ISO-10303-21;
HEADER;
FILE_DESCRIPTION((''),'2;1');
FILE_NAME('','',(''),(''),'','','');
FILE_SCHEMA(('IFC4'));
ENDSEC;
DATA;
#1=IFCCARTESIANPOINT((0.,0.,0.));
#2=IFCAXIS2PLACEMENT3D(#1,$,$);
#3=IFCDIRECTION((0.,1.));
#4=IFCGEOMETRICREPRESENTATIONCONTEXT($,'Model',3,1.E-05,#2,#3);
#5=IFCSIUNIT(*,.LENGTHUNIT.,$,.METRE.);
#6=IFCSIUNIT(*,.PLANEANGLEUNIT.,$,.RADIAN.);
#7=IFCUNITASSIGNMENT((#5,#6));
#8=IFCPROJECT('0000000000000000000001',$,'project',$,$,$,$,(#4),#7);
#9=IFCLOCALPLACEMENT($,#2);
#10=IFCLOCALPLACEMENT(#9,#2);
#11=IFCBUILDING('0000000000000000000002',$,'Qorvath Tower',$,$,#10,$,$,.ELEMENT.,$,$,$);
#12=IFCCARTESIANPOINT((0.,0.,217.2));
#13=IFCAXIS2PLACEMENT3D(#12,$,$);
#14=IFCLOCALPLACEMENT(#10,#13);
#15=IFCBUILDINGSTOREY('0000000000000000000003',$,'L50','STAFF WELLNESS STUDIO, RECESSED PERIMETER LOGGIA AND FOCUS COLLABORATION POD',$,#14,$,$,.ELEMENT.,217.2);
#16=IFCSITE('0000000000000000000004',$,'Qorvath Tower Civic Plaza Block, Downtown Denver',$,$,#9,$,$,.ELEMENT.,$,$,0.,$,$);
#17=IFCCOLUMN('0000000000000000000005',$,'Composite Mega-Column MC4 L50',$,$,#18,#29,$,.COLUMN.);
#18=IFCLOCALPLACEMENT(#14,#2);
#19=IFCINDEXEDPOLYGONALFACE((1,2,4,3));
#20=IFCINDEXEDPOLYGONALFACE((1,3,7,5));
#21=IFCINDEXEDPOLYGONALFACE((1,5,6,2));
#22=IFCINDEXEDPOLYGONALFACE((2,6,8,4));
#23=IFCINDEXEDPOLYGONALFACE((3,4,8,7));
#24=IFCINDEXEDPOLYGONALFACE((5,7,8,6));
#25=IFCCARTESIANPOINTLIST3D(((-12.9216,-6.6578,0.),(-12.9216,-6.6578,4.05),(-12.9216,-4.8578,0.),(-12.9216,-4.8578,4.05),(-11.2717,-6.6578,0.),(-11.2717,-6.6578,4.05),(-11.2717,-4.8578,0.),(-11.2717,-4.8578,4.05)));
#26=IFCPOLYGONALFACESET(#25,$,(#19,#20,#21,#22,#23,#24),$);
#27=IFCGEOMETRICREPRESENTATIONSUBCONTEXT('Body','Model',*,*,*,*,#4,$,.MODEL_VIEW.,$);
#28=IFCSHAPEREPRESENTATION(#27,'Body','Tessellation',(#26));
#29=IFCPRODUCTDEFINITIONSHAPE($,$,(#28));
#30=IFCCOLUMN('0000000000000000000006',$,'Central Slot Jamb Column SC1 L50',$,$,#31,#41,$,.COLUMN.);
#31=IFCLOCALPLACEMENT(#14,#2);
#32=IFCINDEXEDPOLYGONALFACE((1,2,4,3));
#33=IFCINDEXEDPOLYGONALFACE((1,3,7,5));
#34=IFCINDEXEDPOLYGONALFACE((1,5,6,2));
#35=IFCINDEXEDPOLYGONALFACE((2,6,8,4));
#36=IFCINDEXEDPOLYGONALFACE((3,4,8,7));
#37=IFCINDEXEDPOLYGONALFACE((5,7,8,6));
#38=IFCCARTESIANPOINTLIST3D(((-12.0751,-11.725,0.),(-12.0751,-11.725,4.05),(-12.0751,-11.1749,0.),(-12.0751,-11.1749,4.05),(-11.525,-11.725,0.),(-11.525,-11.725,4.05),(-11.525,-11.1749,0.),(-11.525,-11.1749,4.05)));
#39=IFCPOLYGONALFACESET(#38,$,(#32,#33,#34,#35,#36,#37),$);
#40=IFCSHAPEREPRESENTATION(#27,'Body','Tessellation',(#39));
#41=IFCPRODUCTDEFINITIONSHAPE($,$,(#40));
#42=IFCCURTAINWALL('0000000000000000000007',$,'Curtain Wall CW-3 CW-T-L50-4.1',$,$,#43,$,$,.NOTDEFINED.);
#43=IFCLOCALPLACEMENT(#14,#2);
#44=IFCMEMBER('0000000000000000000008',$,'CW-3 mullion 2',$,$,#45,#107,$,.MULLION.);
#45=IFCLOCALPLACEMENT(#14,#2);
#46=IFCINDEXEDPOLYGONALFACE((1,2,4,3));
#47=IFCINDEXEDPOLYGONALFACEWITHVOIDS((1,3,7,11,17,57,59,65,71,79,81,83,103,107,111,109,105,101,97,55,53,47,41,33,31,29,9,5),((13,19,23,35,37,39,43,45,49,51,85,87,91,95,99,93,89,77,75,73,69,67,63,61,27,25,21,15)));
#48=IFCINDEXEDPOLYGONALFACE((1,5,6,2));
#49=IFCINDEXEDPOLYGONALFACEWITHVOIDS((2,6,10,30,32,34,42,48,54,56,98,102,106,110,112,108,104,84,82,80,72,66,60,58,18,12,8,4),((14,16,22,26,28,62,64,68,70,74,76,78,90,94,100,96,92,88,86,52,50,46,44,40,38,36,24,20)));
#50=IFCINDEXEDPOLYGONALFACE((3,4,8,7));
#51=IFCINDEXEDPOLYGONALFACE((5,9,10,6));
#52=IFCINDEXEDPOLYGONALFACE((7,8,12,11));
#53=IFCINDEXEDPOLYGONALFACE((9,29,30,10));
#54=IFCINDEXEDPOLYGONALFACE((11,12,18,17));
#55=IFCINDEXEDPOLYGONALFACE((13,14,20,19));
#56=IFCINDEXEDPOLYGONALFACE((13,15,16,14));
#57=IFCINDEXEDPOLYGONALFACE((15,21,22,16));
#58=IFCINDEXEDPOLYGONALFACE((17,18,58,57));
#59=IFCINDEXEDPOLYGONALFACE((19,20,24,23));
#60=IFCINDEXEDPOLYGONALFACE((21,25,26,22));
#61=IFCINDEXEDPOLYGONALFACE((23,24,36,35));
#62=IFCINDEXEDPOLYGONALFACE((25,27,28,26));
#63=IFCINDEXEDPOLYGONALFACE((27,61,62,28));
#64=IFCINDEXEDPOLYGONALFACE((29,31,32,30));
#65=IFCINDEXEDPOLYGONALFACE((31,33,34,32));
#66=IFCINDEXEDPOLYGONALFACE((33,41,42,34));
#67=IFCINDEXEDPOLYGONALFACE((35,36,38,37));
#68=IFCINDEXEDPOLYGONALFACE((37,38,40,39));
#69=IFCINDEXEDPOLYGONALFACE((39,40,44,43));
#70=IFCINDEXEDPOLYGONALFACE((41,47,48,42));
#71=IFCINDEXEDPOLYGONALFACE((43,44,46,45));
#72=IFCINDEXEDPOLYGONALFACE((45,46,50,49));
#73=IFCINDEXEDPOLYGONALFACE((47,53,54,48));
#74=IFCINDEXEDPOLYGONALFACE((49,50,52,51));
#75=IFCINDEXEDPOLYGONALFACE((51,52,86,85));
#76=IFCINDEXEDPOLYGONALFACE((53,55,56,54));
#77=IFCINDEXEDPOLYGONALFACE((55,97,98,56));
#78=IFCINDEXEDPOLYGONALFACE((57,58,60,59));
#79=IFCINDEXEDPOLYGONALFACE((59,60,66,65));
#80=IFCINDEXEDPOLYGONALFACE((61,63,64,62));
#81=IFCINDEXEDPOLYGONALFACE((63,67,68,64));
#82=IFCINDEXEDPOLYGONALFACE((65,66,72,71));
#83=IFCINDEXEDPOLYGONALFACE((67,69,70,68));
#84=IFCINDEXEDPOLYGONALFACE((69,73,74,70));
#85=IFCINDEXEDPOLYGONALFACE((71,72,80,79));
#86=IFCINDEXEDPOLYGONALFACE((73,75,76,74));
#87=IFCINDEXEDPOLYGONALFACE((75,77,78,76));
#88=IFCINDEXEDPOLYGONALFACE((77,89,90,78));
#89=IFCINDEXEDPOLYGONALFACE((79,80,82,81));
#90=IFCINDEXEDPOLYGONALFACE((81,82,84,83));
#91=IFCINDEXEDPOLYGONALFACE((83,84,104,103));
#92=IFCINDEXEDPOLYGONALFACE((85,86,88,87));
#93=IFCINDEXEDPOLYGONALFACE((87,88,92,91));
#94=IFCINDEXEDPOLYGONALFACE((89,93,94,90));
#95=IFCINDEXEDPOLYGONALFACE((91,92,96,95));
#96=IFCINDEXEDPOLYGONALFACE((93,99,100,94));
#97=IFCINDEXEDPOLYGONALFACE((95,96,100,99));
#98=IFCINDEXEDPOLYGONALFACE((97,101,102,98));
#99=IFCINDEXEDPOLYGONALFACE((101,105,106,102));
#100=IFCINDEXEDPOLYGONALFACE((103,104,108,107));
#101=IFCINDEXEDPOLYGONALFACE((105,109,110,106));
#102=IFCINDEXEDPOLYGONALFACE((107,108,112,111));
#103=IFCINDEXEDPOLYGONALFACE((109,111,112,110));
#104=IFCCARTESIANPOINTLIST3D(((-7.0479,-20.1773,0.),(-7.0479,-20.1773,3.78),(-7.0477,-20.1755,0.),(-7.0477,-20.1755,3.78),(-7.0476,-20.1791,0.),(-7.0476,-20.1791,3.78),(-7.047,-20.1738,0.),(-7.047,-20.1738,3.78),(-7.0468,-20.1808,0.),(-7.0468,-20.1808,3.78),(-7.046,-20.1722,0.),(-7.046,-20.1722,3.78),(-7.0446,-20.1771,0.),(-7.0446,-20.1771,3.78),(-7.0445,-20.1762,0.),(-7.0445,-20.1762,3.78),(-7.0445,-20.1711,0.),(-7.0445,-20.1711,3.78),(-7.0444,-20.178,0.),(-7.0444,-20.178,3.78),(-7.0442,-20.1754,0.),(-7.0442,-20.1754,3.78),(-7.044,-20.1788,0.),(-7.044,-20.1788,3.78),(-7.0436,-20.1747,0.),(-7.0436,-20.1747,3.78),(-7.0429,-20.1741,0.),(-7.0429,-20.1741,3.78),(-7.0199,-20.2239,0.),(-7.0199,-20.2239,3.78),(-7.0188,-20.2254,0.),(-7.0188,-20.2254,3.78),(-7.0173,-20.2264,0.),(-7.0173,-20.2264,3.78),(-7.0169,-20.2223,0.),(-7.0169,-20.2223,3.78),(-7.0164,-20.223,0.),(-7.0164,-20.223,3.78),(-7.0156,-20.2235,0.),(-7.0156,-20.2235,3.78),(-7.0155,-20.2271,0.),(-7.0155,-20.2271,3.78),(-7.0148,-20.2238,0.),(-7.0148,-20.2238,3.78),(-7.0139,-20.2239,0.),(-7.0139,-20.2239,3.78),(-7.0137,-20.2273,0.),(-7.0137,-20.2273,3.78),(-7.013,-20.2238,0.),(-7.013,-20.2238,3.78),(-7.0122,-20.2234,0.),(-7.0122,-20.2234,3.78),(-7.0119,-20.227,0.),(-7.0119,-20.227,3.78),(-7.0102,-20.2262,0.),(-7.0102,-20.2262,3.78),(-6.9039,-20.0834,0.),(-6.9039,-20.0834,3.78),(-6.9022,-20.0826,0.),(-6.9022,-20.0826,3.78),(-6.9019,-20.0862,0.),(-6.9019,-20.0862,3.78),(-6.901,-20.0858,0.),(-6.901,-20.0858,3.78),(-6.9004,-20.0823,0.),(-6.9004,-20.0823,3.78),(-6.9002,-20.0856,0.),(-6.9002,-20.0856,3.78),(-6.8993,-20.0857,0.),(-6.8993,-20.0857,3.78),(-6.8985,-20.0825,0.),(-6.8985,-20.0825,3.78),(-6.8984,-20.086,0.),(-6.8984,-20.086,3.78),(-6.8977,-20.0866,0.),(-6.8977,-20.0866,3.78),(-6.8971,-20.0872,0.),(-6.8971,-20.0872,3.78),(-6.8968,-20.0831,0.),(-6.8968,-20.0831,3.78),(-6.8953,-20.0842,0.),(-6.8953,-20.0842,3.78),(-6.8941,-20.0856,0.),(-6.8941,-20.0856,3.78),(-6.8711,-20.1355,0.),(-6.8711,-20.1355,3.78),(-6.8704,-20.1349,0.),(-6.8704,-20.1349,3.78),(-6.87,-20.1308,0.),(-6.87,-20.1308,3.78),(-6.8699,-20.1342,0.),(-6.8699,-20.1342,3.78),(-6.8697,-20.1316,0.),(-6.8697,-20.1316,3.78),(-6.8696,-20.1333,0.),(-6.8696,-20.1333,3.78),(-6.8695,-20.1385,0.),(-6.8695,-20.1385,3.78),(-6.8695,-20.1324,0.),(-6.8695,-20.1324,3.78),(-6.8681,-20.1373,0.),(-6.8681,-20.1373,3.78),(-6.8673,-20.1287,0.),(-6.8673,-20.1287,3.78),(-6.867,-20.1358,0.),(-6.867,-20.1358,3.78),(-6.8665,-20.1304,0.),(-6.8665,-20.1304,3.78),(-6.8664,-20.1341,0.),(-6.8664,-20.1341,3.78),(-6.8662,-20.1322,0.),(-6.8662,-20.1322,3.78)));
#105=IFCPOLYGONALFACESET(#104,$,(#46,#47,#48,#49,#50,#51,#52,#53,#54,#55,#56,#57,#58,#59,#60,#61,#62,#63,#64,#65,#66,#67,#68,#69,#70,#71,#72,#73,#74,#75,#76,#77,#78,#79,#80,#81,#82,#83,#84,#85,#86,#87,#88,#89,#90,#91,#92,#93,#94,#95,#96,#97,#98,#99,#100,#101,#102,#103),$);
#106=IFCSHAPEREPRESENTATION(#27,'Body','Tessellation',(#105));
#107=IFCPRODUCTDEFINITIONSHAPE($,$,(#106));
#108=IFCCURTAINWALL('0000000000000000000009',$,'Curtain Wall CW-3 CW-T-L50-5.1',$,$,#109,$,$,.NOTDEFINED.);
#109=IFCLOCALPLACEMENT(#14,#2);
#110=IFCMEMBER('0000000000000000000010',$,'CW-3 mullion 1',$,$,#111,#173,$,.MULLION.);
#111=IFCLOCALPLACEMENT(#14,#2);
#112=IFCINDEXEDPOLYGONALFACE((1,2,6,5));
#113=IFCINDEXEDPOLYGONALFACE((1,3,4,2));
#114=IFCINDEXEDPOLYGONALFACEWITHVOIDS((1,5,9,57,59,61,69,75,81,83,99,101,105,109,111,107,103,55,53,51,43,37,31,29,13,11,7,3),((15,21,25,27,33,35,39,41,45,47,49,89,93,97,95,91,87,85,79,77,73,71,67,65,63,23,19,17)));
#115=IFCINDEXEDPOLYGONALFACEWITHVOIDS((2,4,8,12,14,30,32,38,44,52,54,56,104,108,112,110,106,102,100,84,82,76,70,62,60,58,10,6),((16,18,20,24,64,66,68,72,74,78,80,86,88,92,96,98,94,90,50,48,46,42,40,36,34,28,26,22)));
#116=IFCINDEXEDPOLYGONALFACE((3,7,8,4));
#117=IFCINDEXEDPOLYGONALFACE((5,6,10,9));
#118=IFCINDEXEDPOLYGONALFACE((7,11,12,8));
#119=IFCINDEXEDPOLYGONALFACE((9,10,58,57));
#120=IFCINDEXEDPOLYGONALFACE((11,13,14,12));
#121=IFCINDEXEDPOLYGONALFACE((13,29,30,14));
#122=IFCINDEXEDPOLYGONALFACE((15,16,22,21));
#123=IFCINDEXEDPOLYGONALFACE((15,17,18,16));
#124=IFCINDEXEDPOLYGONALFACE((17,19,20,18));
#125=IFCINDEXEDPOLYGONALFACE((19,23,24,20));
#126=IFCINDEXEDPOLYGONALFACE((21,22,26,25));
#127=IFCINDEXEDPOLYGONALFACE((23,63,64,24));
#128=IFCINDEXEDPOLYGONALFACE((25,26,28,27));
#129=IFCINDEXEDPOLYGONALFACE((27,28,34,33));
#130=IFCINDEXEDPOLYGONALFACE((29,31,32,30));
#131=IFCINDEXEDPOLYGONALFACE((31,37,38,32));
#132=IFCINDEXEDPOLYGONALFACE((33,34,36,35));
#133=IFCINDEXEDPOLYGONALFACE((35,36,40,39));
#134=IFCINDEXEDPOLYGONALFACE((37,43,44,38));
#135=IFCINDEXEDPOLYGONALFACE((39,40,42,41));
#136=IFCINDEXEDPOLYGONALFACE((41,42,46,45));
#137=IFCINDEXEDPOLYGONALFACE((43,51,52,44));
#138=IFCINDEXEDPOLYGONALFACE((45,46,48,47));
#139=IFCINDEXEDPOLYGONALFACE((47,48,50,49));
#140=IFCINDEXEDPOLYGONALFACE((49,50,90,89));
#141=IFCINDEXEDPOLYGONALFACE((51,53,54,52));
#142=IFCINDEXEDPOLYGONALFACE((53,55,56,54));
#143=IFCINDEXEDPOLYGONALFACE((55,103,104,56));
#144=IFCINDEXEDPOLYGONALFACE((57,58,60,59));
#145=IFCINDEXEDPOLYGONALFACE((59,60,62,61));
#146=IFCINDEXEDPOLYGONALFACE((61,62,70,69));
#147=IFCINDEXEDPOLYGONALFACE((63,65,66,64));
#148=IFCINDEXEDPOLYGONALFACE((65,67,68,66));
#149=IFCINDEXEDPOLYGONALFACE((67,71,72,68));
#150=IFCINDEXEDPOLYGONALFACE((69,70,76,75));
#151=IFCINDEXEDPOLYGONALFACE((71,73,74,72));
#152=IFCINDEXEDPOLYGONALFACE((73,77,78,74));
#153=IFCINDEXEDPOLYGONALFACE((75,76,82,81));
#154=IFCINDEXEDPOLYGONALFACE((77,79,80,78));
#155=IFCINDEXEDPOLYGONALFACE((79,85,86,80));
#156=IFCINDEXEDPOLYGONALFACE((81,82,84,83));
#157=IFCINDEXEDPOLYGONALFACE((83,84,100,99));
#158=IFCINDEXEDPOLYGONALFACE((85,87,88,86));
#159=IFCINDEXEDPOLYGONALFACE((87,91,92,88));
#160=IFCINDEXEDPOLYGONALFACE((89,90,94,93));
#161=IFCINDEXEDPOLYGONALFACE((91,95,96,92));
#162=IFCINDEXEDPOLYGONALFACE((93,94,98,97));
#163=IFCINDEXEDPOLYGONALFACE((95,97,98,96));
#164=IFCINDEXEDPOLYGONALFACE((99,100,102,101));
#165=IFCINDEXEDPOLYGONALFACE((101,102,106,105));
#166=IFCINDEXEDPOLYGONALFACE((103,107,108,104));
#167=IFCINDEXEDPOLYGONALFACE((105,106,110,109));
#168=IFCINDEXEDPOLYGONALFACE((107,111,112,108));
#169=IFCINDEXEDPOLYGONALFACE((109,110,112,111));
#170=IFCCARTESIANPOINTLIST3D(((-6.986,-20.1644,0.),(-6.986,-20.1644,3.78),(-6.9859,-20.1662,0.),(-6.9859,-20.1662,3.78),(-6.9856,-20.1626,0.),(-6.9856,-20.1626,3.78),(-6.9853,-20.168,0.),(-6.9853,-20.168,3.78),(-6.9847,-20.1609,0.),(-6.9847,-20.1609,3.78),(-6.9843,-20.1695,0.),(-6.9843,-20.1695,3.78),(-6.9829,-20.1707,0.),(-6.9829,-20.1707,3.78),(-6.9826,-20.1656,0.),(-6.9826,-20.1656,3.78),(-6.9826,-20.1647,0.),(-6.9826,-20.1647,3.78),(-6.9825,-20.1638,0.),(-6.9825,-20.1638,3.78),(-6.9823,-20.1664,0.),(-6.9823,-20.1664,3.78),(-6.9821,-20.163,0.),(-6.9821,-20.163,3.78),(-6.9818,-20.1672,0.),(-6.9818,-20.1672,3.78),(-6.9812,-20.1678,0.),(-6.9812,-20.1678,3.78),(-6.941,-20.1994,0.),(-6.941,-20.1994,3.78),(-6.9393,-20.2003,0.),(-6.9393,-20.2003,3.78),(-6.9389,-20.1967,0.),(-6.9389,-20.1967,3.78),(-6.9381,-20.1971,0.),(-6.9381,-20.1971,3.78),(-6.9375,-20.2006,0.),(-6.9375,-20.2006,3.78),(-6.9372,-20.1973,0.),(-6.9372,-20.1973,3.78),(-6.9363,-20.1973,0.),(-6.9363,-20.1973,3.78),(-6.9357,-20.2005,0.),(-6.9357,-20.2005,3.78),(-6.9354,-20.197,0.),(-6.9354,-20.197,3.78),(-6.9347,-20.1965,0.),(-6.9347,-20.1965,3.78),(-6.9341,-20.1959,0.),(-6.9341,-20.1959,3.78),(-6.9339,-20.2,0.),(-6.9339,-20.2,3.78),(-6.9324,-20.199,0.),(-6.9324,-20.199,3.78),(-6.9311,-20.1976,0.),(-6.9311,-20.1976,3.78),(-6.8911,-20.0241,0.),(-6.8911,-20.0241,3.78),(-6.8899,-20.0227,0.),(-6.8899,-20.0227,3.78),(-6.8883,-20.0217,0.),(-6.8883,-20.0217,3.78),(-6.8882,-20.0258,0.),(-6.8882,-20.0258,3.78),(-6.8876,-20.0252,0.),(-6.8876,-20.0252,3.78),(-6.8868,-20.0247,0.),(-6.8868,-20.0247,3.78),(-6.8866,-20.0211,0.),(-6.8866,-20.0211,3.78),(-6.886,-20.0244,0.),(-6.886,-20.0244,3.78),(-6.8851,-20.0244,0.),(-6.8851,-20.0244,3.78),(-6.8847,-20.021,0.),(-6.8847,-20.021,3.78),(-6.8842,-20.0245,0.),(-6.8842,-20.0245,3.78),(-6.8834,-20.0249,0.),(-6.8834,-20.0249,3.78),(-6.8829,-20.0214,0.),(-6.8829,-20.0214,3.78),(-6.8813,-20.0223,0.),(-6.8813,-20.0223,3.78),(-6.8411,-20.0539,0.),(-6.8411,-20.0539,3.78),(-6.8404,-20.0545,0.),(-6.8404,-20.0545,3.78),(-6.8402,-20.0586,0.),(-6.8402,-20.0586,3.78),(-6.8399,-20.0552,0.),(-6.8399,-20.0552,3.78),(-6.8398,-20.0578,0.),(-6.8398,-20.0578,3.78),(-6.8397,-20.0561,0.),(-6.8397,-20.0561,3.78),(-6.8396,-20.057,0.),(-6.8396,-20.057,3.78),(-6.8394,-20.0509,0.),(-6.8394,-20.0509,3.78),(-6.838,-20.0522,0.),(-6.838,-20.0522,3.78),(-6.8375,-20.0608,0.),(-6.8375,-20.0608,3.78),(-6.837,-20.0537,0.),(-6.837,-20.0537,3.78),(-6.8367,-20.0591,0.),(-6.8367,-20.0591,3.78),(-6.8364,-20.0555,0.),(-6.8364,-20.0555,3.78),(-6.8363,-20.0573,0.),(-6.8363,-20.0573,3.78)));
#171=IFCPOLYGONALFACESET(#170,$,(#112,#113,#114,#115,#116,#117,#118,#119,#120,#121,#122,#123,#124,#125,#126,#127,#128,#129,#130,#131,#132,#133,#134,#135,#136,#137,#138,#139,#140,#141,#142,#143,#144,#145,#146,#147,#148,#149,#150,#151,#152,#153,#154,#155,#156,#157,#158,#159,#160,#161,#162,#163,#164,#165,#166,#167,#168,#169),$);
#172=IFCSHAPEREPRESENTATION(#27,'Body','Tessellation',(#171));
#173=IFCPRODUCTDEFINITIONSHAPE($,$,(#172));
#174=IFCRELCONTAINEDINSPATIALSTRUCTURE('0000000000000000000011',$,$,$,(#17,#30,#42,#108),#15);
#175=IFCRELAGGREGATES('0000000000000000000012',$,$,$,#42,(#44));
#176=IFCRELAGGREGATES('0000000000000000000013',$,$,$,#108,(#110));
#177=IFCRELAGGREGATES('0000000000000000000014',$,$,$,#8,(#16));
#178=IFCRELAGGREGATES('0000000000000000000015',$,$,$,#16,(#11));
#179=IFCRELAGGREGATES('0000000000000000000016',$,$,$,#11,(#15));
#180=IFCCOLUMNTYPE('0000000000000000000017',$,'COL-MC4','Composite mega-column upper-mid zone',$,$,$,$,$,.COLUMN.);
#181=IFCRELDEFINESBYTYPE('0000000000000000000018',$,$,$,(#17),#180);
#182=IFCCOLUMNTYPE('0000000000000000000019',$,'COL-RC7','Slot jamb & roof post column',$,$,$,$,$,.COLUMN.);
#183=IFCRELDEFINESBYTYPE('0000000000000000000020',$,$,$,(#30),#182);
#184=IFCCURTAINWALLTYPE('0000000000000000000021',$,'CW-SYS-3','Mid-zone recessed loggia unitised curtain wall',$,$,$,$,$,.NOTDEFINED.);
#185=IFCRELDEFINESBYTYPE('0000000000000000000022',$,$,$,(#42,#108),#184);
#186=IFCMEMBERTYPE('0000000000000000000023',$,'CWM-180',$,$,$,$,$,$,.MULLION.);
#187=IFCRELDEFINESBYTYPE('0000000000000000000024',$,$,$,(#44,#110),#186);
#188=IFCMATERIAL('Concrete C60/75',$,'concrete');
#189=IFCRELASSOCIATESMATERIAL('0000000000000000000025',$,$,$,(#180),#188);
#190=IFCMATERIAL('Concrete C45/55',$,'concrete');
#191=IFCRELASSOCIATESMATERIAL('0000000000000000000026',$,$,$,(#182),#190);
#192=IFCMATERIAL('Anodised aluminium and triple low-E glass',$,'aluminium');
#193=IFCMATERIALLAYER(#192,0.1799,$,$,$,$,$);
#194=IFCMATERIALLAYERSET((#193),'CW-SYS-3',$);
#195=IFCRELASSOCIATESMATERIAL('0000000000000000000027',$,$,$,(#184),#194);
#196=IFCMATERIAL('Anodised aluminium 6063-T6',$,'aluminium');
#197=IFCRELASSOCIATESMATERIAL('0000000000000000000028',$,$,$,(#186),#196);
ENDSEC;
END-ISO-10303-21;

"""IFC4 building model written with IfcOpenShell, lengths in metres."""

from ifc_helpers import new_model, si_unit, direction, frame, origin, origin_2d, place, context, subcontext, project, spatial, rectangle, hollow_rectangle, extrude, material, layer, layer_set, material_profile, profile_set, type_object, element, aggregate, save


model = new_model("IFC4")

# Units and contexts
model_context = context("Model", 3, precision=1e-05, world=origin(), true_north=direction((0.0, 1.0)))
body_context = subcontext(model_context, "Body", "Model", "MODEL_VIEW")
ifc_project = project(units=[si_unit("LENGTHUNIT", "METRE"), si_unit("PLANEANGLEUNIT", "RADIAN")], contexts=[model_context])

# Site, building, storey
site_placement = place(None, origin())
site = spatial("IfcSite", under=ifc_project, at=site_placement, Name="Qorvath Tower Civic Plaza Block, Downtown Denver", CompositionType="ELEMENT", RefElevation=0.0)
building_placement = place(site_placement, origin())
building = spatial("IfcBuilding", under=site, at=building_placement, Name="Qorvath Tower", CompositionType="ELEMENT")
storey_placement = place(building_placement, frame((0.0, 0.0, 217.2)))
storey = spatial("IfcBuildingStorey", under=building, at=storey_placement, Name="L50", Description="STAFF WELLNESS STUDIO, RECESSED PERIMETER LOGGIA AND FOCUS COLLABORATION POD", CompositionType="ELEMENT", Elevation=217.2)

# Columns
ifc_material_1 = material(Name="Concrete C60/75", Category="concrete")
ifc_material_profile_1 = material_profile(ifc_material_1, rectangle(XDim=1.6499, YDim=1.8, at=origin_2d()), Name="MC 1800x1650")
ifc_profile_set_1 = profile_set([ifc_material_profile_1], Name="Concrete C60/75")
column_type_1 = type_object("IfcColumnType", Name="COL-MC4", Description="Composite mega-column upper-mid zone", PredefinedType="COLUMN", material=ifc_profile_set_1)
column_1_placement = place(storey_placement, frame((-12.0967, -5.7578, 0.0), z_axis=(0.0, 0.0, 1.0), x_axis=(1.0, 0.0, 0.0)))
element("IfcColumn", 1, at=column_1_placement, inside=storey, type_object=column_type_1, Name="Composite Mega-Column MC4 L50", PredefinedType="COLUMN", context=body_context, shape_type="SweptSolid", body=[
    extrude(rectangle(XDim=1.6499, YDim=1.8, at=origin_2d()), origin(), (0.0, 0.0, 1.0), 4.05),
])
ifc_material_2 = material(Name="Concrete C45/55", Category="concrete")
ifc_material_profile_2 = material_profile(ifc_material_2, rectangle(XDim=0.55, YDim=0.55, at=origin_2d()), Name="RC 550x550")
ifc_profile_set_2 = profile_set([ifc_material_profile_2], Name="Concrete C45/55")
column_type_2 = type_object("IfcColumnType", Name="COL-RC7", Description="Slot jamb & roof post column", PredefinedType="COLUMN", material=ifc_profile_set_2)
column_2_placement = place(storey_placement, frame((-11.8, -11.45, 0.0), z_axis=(0.0, 0.0, 1.0), x_axis=(1.0, 0.0, 0.0)))
element("IfcColumn", 2, at=column_2_placement, inside=storey, type_object=column_type_2, Name="Central Slot Jamb Column SC1 L50", PredefinedType="COLUMN", context=body_context, shape_type="SweptSolid", body=[
    extrude(rectangle(XDim=0.55, YDim=0.55, at=origin_2d()), origin(), (0.0, 0.0, 1.0), 4.05),
])

# Curtain wall, member
ifc_material_3 = material(Name="Anodised aluminium and triple low-E glass", Category="aluminium")
ifc_layer_1 = layer(ifc_material_3, 0.1799)
ifc_layer_set_1 = layer_set([ifc_layer_1], Name="CW-SYS-3")
curtain_wall_type = type_object("IfcCurtainWallType", Name="CW-SYS-3", Description="Mid-zone recessed loggia unitised curtain wall", PredefinedType="NOTDEFINED", material=ifc_layer_set_1)
curtain_wall_1_placement = place(storey_placement, origin())
curtain_wall_1 = element("IfcCurtainWall", 3, at=curtain_wall_1_placement, inside=storey, type_object=curtain_wall_type, Name="Curtain Wall CW-3 CW-T-L50-4.1", PredefinedType="NOTDEFINED")
ifc_material_4 = material(Name="Anodised aluminium 6063-T6", Category="aluminium")
ifc_material_profile_3 = material_profile(ifc_material_4, hollow_rectangle(XDim=0.0649, YDim=0.1799, WallThickness=0.0034, InnerFilletRadius=0.0034, OuterFilletRadius=0.0071, at=origin_2d()), Name="CWM 180x65")
ifc_profile_set_3 = profile_set([ifc_material_profile_3], Name="Anodised aluminium 6063-T6")
member_type_1 = type_object("IfcMemberType", Name="CWM-180", PredefinedType="MULLION", material=ifc_profile_set_3)
member_1_placement = place(storey_placement, frame((-6.957, -20.1548, 0.0), z_axis=(0.0, 0.0, 1.0), x_axis=(-0.528982, 0.848633, 0.0)))
member_1 = element("IfcMember", 4, at=member_1_placement, type_object=member_type_1, Name="CW-3 mullion 2", PredefinedType="MULLION", context=body_context, shape_type="SweptSolid", body=[
    extrude(hollow_rectangle(XDim=0.0649, YDim=0.1799, WallThickness=0.0034, InnerFilletRadius=0.0034, OuterFilletRadius=0.0071, at=origin_2d()), origin(), (0.0, 0.0, 1.0), 3.78),
])

# Curtain wall, member
curtain_wall_2_placement = place(storey_placement, origin())
curtain_wall_2 = element("IfcCurtainWall", 5, at=curtain_wall_2_placement, inside=storey, type_object=curtain_wall_type, Name="Curtain Wall CW-3 CW-T-L50-5.1", PredefinedType="NOTDEFINED")
member_2_placement = place(storey_placement, frame((-6.9111, -20.1108, 0.0), z_axis=(0.0, 0.0, 1.0), x_axis=(-0.825264, 0.564746, 0.0)))
member_2 = element("IfcMember", 6, at=member_2_placement, type_object=member_type_1, Name="CW-3 mullion 1", PredefinedType="MULLION", context=body_context, shape_type="SweptSolid", body=[
    extrude(hollow_rectangle(XDim=0.0649, YDim=0.1799, WallThickness=0.0034, InnerFilletRadius=0.0034, OuterFilletRadius=0.0071, at=origin_2d()), origin(), (0.0, 0.0, 1.0), 3.78),
])

aggregate(curtain_wall_1, [member_1])
aggregate(curtain_wall_2, [member_2])

save(model, "model.ifc")
